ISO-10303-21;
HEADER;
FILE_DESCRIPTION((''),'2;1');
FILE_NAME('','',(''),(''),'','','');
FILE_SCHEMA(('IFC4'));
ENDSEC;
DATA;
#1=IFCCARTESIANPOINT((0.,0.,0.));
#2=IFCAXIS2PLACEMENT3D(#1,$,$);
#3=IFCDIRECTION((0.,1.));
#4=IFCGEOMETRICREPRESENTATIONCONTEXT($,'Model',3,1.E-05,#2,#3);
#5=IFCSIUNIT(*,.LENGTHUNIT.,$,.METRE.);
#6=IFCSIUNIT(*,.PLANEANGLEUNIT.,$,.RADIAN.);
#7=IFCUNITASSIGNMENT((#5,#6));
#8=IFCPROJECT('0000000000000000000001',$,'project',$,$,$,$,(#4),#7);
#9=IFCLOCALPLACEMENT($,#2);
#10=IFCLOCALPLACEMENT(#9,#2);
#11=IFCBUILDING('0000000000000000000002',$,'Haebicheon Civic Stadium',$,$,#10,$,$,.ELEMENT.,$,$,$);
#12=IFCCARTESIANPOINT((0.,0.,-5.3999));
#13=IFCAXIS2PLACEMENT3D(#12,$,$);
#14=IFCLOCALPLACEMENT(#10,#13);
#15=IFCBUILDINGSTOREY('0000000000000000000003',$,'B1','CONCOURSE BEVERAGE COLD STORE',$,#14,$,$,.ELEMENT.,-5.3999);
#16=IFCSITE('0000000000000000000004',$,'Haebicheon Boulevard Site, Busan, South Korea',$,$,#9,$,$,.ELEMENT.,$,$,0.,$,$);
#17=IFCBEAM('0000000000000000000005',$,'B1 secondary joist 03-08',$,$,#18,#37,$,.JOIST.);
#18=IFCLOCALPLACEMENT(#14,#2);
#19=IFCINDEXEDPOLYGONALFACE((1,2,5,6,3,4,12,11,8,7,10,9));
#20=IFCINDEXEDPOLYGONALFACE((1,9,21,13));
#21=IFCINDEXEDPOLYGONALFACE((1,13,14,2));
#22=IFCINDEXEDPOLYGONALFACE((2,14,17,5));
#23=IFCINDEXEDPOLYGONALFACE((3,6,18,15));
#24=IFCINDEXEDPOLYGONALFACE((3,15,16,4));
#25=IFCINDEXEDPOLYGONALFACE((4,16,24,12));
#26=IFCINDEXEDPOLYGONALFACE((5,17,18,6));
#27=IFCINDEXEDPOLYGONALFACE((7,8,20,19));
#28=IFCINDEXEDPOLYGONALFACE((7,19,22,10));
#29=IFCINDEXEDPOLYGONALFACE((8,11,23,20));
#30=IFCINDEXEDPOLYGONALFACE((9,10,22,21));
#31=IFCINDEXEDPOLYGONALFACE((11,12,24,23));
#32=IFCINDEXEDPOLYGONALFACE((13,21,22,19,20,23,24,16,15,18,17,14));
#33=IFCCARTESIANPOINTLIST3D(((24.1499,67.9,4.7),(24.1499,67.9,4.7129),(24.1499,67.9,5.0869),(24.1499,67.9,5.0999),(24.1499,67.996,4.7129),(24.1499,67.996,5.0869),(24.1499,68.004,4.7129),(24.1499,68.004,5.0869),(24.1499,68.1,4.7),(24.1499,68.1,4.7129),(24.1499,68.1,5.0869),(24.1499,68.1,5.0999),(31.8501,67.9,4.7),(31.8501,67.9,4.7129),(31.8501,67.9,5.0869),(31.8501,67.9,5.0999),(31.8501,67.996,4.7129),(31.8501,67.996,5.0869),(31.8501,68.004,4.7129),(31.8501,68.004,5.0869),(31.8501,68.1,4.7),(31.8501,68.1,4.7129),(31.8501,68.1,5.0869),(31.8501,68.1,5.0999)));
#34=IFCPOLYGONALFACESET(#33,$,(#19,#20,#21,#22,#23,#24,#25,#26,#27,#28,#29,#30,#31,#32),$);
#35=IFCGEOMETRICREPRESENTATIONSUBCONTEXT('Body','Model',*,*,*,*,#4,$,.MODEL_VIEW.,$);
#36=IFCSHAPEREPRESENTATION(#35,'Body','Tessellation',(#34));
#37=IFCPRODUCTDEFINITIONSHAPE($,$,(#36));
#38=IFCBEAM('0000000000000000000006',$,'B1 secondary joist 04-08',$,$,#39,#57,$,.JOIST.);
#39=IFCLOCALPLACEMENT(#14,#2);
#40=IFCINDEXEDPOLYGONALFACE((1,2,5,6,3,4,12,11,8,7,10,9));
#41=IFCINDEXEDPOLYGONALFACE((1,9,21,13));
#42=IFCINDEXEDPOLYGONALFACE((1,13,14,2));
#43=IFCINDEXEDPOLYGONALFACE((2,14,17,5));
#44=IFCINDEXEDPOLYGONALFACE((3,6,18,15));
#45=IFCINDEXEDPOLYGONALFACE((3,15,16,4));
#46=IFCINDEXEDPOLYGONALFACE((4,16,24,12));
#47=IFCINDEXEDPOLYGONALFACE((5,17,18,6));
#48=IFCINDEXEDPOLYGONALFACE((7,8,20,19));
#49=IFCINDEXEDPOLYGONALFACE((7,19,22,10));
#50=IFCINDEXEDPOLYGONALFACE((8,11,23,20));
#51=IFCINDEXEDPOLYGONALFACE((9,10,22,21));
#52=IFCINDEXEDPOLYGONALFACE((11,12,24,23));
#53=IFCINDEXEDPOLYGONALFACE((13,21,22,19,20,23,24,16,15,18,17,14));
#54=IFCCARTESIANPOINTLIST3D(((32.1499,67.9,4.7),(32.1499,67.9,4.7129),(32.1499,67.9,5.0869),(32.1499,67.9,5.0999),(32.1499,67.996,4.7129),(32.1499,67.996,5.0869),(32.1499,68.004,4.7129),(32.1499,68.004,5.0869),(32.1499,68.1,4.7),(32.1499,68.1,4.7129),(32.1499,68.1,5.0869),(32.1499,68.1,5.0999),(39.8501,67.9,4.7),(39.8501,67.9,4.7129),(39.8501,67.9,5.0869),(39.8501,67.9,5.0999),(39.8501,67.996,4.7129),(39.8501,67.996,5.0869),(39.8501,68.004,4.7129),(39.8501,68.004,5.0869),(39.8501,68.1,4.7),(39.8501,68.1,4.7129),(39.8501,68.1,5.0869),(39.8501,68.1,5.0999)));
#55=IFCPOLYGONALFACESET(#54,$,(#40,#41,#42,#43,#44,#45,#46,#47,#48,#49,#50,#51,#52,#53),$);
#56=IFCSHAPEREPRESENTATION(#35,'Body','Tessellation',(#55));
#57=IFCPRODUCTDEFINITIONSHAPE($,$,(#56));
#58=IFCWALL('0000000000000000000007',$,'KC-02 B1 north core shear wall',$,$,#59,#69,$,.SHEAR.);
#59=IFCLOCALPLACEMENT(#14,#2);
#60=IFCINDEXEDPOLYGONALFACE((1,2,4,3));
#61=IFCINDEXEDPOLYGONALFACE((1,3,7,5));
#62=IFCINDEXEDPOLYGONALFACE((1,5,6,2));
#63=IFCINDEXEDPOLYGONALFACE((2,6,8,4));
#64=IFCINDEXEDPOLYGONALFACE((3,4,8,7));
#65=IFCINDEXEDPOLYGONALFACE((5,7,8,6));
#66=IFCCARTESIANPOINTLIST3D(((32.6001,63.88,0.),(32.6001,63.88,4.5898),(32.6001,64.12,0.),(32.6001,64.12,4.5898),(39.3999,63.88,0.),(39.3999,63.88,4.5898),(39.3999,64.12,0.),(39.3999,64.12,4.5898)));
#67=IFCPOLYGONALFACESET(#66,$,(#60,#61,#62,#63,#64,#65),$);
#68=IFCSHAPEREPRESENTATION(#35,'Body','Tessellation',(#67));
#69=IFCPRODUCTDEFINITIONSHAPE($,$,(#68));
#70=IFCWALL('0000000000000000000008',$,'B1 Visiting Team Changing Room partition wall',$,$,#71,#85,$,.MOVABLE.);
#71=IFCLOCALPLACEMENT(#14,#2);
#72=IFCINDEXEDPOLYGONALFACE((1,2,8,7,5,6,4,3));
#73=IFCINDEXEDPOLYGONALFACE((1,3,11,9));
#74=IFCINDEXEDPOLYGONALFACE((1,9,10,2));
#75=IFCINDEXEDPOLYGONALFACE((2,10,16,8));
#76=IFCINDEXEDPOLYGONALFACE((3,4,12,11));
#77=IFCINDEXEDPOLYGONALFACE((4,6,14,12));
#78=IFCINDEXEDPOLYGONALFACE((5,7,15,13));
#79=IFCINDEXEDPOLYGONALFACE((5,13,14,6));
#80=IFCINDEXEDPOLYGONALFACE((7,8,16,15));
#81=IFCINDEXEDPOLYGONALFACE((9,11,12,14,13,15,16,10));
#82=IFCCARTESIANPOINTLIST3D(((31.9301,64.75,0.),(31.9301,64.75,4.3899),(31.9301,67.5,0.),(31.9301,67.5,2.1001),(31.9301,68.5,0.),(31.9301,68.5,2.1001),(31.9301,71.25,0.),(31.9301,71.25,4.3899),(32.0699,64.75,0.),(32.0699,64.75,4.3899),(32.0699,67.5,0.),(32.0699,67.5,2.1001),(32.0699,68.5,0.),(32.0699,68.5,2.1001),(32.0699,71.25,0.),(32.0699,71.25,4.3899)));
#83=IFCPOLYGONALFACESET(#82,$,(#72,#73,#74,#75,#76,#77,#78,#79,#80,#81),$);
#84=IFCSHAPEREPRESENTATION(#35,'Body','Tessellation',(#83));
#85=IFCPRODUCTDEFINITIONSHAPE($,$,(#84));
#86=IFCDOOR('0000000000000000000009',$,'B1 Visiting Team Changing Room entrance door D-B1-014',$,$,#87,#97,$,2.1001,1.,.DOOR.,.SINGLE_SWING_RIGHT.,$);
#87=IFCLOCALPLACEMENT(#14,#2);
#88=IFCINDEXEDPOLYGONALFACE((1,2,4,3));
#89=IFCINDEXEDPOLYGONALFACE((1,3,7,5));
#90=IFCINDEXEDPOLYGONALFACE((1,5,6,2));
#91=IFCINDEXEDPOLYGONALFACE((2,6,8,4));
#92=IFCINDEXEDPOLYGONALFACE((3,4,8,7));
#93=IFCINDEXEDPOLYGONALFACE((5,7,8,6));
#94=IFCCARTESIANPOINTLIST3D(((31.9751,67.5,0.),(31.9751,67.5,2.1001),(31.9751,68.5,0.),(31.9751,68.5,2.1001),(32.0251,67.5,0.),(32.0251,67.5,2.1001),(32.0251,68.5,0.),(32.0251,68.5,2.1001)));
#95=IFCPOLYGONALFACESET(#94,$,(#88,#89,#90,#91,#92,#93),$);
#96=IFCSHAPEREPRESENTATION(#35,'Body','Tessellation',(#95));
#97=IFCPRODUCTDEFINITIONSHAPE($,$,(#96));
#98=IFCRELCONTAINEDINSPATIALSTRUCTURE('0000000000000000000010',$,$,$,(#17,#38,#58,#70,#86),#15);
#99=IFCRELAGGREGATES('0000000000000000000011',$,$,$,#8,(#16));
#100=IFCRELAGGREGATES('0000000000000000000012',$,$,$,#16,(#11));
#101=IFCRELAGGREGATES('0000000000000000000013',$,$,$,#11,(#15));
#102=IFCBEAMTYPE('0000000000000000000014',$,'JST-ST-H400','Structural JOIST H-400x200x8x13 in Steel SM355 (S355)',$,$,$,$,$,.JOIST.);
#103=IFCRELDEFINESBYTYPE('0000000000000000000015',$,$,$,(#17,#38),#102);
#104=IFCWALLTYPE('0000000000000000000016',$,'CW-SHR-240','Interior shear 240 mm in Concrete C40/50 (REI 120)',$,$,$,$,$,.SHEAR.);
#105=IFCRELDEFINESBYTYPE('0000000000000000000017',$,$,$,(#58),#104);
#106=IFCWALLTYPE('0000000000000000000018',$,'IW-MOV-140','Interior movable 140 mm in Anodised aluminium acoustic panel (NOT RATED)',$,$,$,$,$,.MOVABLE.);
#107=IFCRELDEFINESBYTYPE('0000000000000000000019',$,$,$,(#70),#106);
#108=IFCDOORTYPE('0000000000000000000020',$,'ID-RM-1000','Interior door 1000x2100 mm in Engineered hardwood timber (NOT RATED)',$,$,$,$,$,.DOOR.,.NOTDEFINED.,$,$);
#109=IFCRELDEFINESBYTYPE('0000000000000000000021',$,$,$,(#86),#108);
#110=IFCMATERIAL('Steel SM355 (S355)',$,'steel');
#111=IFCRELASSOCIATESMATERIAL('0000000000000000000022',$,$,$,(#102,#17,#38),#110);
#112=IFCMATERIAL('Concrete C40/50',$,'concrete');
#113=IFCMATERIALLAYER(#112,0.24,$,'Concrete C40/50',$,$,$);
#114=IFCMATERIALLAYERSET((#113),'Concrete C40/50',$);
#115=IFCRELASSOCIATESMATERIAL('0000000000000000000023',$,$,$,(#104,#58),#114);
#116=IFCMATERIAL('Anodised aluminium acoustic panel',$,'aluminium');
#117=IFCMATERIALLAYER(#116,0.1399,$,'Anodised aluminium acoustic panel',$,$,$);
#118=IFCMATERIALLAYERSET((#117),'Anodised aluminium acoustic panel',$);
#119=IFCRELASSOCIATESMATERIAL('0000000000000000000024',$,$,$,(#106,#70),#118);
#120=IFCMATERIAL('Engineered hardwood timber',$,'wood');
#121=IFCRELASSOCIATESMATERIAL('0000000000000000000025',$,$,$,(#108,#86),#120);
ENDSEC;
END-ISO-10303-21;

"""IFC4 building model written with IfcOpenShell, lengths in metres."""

from ifc_helpers import new_model, si_unit, direction, frame, frame_2d, origin, origin_2d, place, context, subcontext, project, spatial, rectangle, i_section, extrude, material, layer, layer_set, material_profile, profile_set, type_object, element, fill, save


model = new_model("IFC4")

# Units and contexts
model_context = context("Model", 3, precision=1e-05, world=origin(), true_north=direction((0.0, 1.0)))
body_context = subcontext(model_context, "Body", "Model", "MODEL_VIEW")
ifc_project = project(units=[si_unit("LENGTHUNIT", "METRE"), si_unit("PLANEANGLEUNIT", "RADIAN")], contexts=[model_context])

# Site, building, storey
site_placement = place(None, origin())
site = spatial("IfcSite", under=ifc_project, at=site_placement, Name="Haebicheon Boulevard Site, Busan, South Korea", CompositionType="ELEMENT", RefElevation=0.0)
building_placement = place(site_placement, origin())
building = spatial("IfcBuilding", under=site, at=building_placement, Name="Haebicheon Civic Stadium", CompositionType="ELEMENT")
storey_placement = place(building_placement, frame((0.0, 0.0, -5.3999)))
storey = spatial("IfcBuildingStorey", under=building, at=storey_placement, Name="B1", Description="CONCOURSE BEVERAGE COLD STORE", CompositionType="ELEMENT", Elevation=-5.3999)

# Beams
ifc_material_1 = material(Name="Steel SM355 (S355)", Category="steel")
ifc_material_profile_1 = material_profile(ifc_material_1, i_section(OverallWidth=0.2, OverallDepth=0.3999, WebThickness=0.0081, FlangeThickness=0.0129, at=origin_2d()), Name="H-400x200x8x13")
ifc_profile_set_1 = profile_set([ifc_material_profile_1], Name="Steel SM355 (S355)")
beam_type_1 = type_object("IfcBeamType", Name="JST-ST-H400", Description="Structural JOIST H-400x200x8x13 in Steel SM355 (S355)", PredefinedType="JOIST", material=ifc_profile_set_1)
for number, where, z_axis, x_axis, name in (
    (1, (24.1499, 68.0, 4.8999), (1.0, 0.0, 0.0), (0.0, 1.0, 0.0), "B1 secondary joist 03-08"),
    (2, (32.1499, 68.0, 4.8999), (1.0, 0.0, 0.0), (0.0, 1.0, 0.0), "B1 secondary joist 04-08"),
):
    element("IfcBeam", number, at=place(storey_placement, frame(where, z_axis=z_axis, x_axis=x_axis)), inside=storey, type_object=beam_type_1, material=ifc_profile_set_1, Name=name, PredefinedType="JOIST", context=body_context, shape_type="SweptSolid", body=[
        extrude(i_section(OverallWidth=0.2, OverallDepth=0.3999, WebThickness=0.0081, FlangeThickness=0.0129, at=origin_2d()), origin(), (0.0, 0.0, 1.0), 7.7002),
    ])

# Wall
ifc_material_2 = material(Name="Concrete C40/50", Category="concrete")
ifc_layer_1 = layer(ifc_material_2, 0.24, Name="Concrete C40/50")
ifc_layer_set_1 = layer_set([ifc_layer_1], Name="Concrete C40/50")
wall_type_1 = type_object("IfcWallType", Name="CW-SHR-240", Description="Interior shear 240 mm in Concrete C40/50 (REI 120)", PredefinedType="SHEAR", material=ifc_layer_set_1)
wall_1_placement = place(storey_placement, frame((32.6001, 64.0, 0.0), z_axis=(0.0, 0.0, 1.0), x_axis=(1.0, 0.0, 0.0)))
element("IfcWall", 3, at=wall_1_placement, inside=storey, type_object=wall_type_1, material=ifc_layer_set_1, Name="KC-02 B1 north core shear wall", PredefinedType="SHEAR", context=body_context, shape_type="SweptSolid", body=[
    extrude(rectangle(XDim=6.7998, YDim=0.24, at=frame_2d((3.3999, 0.0))), origin(), (0.0, 0.0, 1.0), 4.5898),
])

# Wall, opening, door
ifc_material_3 = material(Name="Anodised aluminium acoustic panel", Category="aluminium")
ifc_layer_2 = layer(ifc_material_3, 0.1399, Name="Anodised aluminium acoustic panel")
ifc_layer_set_2 = layer_set([ifc_layer_2], Name="Anodised aluminium acoustic panel")
wall_type_2 = type_object("IfcWallType", Name="IW-MOV-140", Description="Interior movable 140 mm in Anodised aluminium acoustic panel (NOT RATED)", PredefinedType="MOVABLE", material=ifc_layer_set_2)
wall_2_placement = place(storey_placement, frame((32.0, 64.75, 0.0), z_axis=(0.0, 0.0, 1.0), x_axis=(0.0, 1.0, 0.0)))
wall_2 = element("IfcWall", 4, at=wall_2_placement, inside=storey, type_object=wall_type_2, material=ifc_layer_set_2, Name="B1 Visiting Team Changing Room partition wall", PredefinedType="MOVABLE", context=body_context, shape_type="SweptSolid", body=[
    extrude(rectangle(XDim=6.5, YDim=0.1399, at=frame_2d((3.25, 0.0))), origin(), (0.0, 0.0, 1.0), 4.3899),
])
opening_placement = place(wall_2_placement, frame((2.75, 0.0, 0.0)))
opening = element("IfcOpeningElement", 5, at=opening_placement, cuts=wall_2, PredefinedType="OPENING", context=body_context, shape_type="SweptSolid", body=[
    extrude(rectangle(XDim=1.0, YDim=2.1001, at=frame_2d((0.5, 1.05))), frame((0.0, 0.0798, 0.0), z_axis=(0.0, -1.0, 0.0), x_axis=(1.0, 0.0, 0.0)), (0.0, 0.0, 1.0), 0.1599),
])
ifc_material_4 = material(Name="Engineered hardwood timber", Category="wood")
door_type = type_object("IfcDoorType", Name="ID-RM-1000", Description="Interior door 1000x2100 mm in Engineered hardwood timber (NOT RATED)", OperationType="NOTDEFINED", PredefinedType="DOOR", material=ifc_material_4)
door_placement = place(opening_placement, origin())
door = element("IfcDoor", 6, at=door_placement, inside=storey, type_object=door_type, material=ifc_material_4, Name="B1 Visiting Team Changing Room entrance door D-B1-014", OperationType="SINGLE_SWING_RIGHT", OverallHeight=2.1001, OverallWidth=1.0, PredefinedType="DOOR", context=body_context, shape_type="SweptSolid", body=[
    extrude(rectangle(XDim=1.0, YDim=2.1001, at=frame_2d((0.5, 1.05))), frame((0.0, 0.0249, 0.0), z_axis=(0.0, -1.0, 0.0), x_axis=(1.0, 0.0, 0.0)), (0.0, 0.0, 1.0), 0.05),
])
fill(opening, door)

save(model, "model.ifc")
